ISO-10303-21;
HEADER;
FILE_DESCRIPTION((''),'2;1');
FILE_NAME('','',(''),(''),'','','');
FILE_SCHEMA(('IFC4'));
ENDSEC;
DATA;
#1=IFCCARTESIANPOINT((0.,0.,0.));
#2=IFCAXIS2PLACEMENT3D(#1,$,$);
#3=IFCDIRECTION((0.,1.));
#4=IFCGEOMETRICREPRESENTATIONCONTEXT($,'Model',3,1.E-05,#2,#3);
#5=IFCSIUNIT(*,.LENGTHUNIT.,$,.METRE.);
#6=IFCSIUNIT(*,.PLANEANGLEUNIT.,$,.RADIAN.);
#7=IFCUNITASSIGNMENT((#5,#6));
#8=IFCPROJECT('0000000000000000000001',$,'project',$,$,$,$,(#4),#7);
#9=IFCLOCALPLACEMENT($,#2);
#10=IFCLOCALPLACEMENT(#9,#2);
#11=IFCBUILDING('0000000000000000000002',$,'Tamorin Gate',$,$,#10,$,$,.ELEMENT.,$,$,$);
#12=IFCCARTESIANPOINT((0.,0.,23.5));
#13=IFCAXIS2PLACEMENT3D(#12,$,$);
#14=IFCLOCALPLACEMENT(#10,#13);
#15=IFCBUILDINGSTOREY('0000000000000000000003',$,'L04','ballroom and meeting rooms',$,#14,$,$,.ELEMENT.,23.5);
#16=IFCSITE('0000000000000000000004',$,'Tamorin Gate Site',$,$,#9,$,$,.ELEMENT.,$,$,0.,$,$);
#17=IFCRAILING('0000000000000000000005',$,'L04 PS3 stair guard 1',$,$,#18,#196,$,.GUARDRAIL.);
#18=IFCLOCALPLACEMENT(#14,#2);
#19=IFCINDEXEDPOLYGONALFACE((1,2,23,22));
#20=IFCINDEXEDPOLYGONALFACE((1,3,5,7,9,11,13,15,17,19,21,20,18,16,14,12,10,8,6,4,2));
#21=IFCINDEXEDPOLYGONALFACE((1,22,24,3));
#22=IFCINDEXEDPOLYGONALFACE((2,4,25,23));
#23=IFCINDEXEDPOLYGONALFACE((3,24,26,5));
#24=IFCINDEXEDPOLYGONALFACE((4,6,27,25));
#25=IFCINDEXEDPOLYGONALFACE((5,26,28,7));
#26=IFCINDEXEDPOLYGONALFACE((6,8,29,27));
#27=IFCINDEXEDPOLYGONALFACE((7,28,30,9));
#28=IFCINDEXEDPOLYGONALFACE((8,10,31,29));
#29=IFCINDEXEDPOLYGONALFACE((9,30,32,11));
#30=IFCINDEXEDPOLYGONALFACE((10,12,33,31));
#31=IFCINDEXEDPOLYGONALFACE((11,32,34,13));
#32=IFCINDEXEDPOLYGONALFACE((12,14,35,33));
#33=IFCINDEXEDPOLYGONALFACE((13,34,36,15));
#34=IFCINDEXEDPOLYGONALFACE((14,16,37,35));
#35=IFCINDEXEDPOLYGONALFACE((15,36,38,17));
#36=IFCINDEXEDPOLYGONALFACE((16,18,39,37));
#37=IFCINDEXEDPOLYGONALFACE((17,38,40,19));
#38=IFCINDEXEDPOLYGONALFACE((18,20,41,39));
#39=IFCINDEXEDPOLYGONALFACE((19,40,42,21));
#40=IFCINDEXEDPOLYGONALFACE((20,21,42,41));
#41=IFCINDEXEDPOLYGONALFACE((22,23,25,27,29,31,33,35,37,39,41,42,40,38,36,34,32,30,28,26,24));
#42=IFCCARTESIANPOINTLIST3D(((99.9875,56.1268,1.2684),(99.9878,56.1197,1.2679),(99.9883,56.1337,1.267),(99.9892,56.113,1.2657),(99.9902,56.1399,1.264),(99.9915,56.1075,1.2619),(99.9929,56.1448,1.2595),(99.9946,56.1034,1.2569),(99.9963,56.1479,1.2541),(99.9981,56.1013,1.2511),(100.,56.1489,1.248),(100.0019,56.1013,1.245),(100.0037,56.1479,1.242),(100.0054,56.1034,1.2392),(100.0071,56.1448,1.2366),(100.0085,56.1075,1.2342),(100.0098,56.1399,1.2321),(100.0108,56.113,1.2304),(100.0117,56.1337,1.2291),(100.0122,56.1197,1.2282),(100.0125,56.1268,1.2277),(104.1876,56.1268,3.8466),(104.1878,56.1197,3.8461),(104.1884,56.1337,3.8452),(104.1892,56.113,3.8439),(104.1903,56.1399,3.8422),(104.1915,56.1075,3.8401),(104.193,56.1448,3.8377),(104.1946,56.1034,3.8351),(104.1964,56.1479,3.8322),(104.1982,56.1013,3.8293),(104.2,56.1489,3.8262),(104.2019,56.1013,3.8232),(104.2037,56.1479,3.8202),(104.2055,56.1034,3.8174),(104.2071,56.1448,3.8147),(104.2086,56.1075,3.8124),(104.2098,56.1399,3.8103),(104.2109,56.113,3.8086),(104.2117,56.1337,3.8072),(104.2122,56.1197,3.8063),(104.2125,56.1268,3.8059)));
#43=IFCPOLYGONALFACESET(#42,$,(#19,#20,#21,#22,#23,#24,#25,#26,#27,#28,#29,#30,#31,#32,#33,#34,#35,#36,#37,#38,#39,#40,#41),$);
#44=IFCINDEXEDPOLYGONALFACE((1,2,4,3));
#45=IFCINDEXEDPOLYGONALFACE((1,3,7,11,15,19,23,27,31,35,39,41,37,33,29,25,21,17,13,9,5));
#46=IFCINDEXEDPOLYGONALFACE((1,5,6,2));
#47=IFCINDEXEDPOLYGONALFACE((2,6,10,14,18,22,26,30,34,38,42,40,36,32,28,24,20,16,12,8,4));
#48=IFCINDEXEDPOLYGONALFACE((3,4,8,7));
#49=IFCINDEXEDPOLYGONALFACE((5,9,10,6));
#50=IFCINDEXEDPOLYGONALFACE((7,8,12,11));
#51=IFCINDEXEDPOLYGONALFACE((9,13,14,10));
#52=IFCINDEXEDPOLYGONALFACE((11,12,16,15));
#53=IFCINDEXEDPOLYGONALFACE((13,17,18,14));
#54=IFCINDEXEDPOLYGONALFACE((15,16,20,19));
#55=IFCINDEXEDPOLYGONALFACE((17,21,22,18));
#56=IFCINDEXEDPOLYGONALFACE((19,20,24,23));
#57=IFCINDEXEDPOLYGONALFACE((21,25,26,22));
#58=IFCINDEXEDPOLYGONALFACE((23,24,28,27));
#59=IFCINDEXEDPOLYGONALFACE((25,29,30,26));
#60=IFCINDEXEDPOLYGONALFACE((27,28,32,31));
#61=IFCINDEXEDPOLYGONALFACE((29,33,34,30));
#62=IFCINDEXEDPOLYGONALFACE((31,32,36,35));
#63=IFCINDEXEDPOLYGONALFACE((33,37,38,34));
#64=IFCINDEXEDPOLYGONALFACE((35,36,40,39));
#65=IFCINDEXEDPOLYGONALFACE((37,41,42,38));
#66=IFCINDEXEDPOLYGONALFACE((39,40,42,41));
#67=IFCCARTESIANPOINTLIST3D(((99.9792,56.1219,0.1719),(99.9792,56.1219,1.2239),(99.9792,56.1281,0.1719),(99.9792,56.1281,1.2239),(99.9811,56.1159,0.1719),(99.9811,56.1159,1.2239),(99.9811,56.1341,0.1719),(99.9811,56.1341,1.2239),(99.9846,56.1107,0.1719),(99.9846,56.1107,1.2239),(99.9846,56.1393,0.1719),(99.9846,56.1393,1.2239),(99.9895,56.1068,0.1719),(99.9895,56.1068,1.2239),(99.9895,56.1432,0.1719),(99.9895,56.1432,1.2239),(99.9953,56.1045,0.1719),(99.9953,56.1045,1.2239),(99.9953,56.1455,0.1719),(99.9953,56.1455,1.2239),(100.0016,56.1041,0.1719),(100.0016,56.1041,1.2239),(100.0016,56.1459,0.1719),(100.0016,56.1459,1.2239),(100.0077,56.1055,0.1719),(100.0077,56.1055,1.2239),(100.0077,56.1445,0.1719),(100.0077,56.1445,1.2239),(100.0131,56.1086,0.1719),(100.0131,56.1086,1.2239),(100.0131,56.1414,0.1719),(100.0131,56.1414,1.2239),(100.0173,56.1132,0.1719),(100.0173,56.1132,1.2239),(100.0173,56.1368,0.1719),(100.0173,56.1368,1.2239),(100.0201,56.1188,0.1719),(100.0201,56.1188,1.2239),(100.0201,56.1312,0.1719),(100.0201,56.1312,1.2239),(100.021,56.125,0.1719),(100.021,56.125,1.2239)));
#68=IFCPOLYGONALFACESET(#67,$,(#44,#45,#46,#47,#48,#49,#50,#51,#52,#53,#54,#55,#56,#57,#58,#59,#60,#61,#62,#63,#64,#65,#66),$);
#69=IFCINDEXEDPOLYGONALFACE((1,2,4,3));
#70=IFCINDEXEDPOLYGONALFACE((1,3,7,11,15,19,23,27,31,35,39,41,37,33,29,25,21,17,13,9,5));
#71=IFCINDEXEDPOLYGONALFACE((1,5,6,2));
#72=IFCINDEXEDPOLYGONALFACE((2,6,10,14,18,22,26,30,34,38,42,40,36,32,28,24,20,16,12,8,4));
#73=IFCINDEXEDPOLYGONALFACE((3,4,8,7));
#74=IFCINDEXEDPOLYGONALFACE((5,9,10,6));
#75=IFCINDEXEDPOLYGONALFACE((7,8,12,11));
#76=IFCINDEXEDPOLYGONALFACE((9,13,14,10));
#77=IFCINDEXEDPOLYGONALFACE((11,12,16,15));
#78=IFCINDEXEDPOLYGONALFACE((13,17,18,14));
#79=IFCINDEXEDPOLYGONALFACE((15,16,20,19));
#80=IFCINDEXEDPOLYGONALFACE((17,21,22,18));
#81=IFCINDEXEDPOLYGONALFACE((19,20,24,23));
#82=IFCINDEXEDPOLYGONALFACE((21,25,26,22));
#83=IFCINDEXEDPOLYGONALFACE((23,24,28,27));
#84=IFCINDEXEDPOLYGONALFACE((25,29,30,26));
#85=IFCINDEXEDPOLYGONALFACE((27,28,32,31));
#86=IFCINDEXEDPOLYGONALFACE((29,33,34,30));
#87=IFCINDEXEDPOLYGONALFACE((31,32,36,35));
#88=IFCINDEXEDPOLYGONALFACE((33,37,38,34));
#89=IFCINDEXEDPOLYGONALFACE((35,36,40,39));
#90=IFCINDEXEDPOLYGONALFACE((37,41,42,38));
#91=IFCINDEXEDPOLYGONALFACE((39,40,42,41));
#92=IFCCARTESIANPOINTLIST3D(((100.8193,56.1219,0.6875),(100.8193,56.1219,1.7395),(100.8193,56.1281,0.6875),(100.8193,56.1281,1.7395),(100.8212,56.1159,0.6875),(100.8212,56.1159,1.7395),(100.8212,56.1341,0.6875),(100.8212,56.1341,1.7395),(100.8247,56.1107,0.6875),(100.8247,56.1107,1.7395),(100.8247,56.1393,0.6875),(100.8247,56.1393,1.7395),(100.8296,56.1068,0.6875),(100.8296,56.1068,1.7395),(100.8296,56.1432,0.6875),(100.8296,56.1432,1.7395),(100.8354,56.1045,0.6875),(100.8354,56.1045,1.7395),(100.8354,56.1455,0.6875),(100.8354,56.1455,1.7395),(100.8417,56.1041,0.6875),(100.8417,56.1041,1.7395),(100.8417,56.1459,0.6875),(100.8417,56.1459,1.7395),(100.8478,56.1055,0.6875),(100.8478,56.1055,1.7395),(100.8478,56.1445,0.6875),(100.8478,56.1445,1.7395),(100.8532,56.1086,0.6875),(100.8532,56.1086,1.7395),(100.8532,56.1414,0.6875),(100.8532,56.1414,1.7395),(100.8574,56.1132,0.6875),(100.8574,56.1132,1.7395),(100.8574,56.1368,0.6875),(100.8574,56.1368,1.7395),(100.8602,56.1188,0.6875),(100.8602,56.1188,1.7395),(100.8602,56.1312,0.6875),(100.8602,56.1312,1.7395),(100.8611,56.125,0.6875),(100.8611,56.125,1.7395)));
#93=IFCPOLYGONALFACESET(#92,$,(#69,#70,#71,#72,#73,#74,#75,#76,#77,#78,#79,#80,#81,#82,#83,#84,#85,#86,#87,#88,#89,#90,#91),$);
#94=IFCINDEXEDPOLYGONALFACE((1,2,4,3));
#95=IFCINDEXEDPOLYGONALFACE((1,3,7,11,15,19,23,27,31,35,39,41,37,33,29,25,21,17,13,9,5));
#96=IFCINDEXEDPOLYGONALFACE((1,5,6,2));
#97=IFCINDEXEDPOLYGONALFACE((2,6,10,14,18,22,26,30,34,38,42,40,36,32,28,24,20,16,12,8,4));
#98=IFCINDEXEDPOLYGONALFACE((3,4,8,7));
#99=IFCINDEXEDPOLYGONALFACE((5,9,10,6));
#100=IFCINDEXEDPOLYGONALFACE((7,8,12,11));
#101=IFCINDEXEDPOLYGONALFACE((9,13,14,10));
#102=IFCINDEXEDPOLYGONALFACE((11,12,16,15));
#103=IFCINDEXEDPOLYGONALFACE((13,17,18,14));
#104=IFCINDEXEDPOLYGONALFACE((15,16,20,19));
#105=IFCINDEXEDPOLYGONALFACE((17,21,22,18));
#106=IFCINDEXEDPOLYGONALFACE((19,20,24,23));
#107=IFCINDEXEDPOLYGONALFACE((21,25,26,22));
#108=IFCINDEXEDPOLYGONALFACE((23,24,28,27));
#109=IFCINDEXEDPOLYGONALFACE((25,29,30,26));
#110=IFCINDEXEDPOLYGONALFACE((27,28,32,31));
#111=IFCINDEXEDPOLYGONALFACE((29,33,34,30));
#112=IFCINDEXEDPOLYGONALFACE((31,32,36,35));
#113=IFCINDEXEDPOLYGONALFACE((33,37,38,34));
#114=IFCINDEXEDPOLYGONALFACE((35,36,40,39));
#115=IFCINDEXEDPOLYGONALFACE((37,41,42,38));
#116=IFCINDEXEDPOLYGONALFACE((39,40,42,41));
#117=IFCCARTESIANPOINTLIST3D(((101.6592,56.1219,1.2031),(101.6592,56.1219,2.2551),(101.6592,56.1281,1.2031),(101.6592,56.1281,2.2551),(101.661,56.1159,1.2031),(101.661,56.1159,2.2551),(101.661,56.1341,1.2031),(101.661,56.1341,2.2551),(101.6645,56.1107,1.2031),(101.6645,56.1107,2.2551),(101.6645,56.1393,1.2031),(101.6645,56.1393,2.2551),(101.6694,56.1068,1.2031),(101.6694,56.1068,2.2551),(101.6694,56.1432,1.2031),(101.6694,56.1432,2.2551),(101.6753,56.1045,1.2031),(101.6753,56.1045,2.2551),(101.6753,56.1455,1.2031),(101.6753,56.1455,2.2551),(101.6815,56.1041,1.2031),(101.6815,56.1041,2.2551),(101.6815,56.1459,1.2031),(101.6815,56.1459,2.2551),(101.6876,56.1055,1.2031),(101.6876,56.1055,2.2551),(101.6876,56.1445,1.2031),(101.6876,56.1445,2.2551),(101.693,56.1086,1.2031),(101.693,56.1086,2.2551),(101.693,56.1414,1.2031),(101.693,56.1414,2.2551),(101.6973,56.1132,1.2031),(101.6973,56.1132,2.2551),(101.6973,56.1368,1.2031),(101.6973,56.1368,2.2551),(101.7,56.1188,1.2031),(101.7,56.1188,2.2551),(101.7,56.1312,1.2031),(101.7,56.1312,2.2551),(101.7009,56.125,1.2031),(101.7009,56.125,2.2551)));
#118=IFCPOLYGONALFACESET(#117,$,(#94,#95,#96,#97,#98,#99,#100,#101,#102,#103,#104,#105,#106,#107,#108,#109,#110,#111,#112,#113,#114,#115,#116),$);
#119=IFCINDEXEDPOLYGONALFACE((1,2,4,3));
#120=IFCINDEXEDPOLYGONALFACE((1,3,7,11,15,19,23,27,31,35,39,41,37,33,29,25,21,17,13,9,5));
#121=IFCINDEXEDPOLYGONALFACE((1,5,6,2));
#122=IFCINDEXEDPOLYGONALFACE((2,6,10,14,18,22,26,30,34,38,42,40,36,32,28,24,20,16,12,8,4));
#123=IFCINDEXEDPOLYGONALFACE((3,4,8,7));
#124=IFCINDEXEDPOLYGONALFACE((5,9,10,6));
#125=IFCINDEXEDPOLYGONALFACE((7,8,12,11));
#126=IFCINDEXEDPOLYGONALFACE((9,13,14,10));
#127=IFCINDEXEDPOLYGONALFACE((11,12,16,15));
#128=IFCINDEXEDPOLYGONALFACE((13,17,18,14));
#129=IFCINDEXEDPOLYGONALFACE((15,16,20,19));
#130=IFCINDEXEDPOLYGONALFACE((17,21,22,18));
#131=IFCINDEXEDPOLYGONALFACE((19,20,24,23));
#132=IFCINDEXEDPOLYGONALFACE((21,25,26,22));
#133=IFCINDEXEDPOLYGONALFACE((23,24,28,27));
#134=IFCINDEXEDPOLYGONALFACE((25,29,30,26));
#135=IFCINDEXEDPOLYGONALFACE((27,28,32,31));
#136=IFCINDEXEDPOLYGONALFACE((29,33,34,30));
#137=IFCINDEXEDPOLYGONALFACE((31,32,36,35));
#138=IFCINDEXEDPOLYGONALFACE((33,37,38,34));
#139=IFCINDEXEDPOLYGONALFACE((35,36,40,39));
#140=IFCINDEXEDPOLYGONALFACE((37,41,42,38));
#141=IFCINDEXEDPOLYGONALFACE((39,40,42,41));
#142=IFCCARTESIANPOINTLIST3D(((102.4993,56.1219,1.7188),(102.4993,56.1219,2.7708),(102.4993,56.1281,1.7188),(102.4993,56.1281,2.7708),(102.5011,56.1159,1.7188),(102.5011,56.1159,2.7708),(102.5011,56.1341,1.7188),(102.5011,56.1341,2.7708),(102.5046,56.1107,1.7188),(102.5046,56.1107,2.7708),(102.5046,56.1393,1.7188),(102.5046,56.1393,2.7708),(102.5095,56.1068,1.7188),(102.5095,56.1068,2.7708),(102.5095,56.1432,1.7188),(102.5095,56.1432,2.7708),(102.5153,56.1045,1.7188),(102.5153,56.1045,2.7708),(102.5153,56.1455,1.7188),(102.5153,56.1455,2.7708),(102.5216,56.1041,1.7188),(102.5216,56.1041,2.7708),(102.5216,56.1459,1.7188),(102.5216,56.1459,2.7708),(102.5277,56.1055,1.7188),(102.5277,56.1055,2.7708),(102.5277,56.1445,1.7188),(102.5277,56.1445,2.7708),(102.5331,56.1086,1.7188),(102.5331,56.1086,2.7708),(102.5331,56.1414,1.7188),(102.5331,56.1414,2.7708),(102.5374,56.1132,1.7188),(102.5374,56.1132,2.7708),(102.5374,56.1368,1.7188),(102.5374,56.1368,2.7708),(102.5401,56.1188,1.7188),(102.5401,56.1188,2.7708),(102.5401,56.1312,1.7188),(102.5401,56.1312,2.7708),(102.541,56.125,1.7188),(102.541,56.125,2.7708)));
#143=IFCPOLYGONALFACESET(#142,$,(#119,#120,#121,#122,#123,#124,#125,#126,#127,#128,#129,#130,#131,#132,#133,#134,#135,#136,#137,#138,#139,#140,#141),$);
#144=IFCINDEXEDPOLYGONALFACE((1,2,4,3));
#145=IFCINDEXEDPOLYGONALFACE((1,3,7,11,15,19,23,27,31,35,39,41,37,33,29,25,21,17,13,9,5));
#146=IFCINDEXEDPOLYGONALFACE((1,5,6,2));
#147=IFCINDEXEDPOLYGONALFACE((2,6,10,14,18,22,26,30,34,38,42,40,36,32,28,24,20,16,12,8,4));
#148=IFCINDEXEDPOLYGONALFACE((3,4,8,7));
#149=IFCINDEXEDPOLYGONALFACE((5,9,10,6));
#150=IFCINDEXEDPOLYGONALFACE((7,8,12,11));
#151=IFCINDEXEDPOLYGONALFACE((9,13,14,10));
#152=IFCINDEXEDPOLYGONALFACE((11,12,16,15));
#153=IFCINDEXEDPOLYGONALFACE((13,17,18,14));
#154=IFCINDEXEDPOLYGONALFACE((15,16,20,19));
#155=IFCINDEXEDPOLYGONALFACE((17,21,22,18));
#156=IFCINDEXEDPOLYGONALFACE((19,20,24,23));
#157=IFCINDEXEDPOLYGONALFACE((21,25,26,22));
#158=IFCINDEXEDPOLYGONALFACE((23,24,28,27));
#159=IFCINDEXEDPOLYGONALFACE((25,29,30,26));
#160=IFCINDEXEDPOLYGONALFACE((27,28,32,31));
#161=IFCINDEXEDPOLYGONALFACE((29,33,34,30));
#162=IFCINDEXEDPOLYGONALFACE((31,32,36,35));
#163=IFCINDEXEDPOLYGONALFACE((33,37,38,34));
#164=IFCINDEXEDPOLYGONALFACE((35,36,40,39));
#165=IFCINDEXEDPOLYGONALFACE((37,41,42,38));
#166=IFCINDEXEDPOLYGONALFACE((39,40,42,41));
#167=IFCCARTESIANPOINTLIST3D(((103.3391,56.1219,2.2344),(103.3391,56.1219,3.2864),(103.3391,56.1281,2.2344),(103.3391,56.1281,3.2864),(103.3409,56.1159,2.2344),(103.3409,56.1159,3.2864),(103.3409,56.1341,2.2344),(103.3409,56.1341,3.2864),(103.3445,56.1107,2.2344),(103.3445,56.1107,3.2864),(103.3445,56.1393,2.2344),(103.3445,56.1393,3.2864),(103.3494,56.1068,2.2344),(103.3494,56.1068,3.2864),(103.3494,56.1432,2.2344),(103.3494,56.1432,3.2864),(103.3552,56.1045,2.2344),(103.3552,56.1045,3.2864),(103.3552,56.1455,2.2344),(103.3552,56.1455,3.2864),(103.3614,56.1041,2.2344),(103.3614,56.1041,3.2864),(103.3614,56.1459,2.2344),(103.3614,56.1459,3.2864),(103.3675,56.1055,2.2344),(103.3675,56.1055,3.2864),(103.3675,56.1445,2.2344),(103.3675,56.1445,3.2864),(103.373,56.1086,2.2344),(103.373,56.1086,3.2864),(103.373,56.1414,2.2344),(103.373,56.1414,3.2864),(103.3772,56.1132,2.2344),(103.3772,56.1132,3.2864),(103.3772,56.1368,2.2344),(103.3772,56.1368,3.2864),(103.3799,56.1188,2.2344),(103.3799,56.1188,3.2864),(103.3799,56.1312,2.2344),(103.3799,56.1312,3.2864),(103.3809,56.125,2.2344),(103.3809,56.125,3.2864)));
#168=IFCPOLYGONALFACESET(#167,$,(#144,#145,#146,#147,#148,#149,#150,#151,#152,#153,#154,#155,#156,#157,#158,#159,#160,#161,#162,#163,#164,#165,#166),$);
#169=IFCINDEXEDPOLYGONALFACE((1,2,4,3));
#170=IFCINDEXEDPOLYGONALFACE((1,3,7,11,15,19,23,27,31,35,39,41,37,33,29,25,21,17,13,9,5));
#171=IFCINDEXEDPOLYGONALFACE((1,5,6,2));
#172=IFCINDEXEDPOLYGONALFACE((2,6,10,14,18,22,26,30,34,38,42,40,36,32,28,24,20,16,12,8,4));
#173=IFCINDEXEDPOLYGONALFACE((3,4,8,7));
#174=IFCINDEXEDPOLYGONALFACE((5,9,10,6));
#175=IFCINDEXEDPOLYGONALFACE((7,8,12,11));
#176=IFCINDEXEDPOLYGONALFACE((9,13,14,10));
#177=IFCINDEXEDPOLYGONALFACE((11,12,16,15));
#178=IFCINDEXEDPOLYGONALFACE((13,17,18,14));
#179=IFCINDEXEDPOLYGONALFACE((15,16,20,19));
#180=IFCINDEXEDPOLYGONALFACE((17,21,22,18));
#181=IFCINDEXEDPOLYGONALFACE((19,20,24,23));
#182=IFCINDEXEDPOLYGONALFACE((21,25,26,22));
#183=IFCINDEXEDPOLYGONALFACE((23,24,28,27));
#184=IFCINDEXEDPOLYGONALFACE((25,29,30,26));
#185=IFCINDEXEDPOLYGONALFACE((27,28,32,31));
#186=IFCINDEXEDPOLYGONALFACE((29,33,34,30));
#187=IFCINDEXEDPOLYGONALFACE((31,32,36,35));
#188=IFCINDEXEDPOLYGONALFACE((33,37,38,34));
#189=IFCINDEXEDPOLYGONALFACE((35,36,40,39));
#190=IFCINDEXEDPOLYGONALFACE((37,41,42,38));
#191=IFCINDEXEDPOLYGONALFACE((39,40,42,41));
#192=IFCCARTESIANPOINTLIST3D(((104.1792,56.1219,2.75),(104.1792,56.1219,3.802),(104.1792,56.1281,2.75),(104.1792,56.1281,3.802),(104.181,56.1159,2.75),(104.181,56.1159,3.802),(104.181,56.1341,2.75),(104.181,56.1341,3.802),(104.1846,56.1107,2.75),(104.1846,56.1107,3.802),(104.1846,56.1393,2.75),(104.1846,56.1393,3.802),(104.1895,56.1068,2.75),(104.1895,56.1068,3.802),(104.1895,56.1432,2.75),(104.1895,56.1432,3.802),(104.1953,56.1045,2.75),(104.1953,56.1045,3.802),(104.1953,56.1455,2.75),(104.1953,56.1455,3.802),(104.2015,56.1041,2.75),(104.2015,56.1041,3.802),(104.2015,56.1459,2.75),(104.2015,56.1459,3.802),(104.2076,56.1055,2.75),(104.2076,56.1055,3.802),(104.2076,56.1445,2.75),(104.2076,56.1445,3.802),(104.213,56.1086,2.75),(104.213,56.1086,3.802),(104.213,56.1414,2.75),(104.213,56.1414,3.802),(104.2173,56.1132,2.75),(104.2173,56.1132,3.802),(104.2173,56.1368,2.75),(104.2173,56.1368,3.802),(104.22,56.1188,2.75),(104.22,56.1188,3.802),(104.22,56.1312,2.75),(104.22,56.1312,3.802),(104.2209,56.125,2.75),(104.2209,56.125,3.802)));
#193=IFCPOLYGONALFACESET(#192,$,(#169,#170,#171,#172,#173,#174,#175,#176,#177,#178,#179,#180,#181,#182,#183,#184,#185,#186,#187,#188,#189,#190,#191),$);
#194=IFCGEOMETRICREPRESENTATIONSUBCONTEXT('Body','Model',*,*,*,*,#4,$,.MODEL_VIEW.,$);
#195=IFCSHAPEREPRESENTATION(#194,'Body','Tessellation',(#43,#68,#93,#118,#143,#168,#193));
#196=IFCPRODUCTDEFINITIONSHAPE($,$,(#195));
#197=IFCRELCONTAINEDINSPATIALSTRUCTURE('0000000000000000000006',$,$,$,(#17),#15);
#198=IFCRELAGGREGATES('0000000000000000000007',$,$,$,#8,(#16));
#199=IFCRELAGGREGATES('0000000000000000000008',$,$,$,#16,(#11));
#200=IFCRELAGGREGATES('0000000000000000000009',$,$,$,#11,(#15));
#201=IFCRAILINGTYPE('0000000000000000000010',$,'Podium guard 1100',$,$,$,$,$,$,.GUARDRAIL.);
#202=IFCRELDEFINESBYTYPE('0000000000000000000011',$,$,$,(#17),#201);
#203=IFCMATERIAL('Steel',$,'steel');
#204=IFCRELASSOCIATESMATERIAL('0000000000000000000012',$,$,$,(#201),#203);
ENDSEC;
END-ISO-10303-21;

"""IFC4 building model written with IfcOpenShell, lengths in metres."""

from ifc_helpers import new_model, si_unit, direction, frame, origin, origin_2d, place, context, subcontext, project, spatial, circle, extrude, material, type_object, element, save


model = new_model("IFC4")

# Units and contexts
model_context = context("Model", 3, precision=1e-05, world=origin(), true_north=direction((0.0, 1.0)))
body_context = subcontext(model_context, "Body", "Model", "MODEL_VIEW")
ifc_project = project(units=[si_unit("LENGTHUNIT", "METRE"), si_unit("PLANEANGLEUNIT", "RADIAN")], contexts=[model_context])

# Site, building, storey
site_placement = place(None, origin())
site = spatial("IfcSite", under=ifc_project, at=site_placement, Name="Tamorin Gate Site", CompositionType="ELEMENT", RefElevation=0.0)
building_placement = place(site_placement, origin())
building = spatial("IfcBuilding", under=site, at=building_placement, Name="Tamorin Gate", CompositionType="ELEMENT")
storey_placement = place(building_placement, frame((0.0, 0.0, 23.5)))
storey = spatial("IfcBuildingStorey", under=building, at=storey_placement, Name="L04", Description="ballroom and meeting rooms", CompositionType="ELEMENT", Elevation=23.5)

# Railing
ifc_material_1 = material(Name="Steel", Category="steel")
railing_type_1 = type_object("IfcRailingType", Name="Podium guard 1100", PredefinedType="GUARDRAIL", material=ifc_material_1)
railing_1_placement = place(storey_placement, frame((100.0, 56.125, 0.1719)))
element("IfcRailing", 1, at=railing_1_placement, inside=storey, type_object=railing_type_1, Name="L04 PS3 stair guard 1", PredefinedType="GUARDRAIL", context=body_context, shape_type="SweptSolid", body=[
    extrude(circle(Radius=0.0239, at=origin_2d()), frame((0.0, 0.0, 1.0762), z_axis=(0.852243, 0.0, 0.523146), x_axis=(0.0, 1.0, 0.0)), (0.0, 0.0, 1.0), 4.9282),
    extrude(circle(Radius=0.021, at=origin_2d()), origin(), (0.0, 0.0, 1.0), 1.052),
    extrude(circle(Radius=0.021, at=origin_2d()), frame((0.8401, 0.0, 0.5156)), (0.0, 0.0, 1.0), 1.052),
    extrude(circle(Radius=0.021, at=origin_2d()), frame((1.6799, 0.0, 1.0312)), (0.0, 0.0, 1.0), 1.052),
    extrude(circle(Radius=0.021, at=origin_2d()), frame((2.52, 0.0, 1.5469)), (0.0, 0.0, 1.0), 1.052),
    extrude(circle(Radius=0.021, at=origin_2d()), frame((3.3599, 0.0, 2.0625)), (0.0, 0.0, 1.0), 1.052),
    extrude(circle(Radius=0.021, at=origin_2d()), frame((4.2, 0.0, 2.5781)), (0.0, 0.0, 1.0), 1.052),
])

save(model, "model.ifc")
